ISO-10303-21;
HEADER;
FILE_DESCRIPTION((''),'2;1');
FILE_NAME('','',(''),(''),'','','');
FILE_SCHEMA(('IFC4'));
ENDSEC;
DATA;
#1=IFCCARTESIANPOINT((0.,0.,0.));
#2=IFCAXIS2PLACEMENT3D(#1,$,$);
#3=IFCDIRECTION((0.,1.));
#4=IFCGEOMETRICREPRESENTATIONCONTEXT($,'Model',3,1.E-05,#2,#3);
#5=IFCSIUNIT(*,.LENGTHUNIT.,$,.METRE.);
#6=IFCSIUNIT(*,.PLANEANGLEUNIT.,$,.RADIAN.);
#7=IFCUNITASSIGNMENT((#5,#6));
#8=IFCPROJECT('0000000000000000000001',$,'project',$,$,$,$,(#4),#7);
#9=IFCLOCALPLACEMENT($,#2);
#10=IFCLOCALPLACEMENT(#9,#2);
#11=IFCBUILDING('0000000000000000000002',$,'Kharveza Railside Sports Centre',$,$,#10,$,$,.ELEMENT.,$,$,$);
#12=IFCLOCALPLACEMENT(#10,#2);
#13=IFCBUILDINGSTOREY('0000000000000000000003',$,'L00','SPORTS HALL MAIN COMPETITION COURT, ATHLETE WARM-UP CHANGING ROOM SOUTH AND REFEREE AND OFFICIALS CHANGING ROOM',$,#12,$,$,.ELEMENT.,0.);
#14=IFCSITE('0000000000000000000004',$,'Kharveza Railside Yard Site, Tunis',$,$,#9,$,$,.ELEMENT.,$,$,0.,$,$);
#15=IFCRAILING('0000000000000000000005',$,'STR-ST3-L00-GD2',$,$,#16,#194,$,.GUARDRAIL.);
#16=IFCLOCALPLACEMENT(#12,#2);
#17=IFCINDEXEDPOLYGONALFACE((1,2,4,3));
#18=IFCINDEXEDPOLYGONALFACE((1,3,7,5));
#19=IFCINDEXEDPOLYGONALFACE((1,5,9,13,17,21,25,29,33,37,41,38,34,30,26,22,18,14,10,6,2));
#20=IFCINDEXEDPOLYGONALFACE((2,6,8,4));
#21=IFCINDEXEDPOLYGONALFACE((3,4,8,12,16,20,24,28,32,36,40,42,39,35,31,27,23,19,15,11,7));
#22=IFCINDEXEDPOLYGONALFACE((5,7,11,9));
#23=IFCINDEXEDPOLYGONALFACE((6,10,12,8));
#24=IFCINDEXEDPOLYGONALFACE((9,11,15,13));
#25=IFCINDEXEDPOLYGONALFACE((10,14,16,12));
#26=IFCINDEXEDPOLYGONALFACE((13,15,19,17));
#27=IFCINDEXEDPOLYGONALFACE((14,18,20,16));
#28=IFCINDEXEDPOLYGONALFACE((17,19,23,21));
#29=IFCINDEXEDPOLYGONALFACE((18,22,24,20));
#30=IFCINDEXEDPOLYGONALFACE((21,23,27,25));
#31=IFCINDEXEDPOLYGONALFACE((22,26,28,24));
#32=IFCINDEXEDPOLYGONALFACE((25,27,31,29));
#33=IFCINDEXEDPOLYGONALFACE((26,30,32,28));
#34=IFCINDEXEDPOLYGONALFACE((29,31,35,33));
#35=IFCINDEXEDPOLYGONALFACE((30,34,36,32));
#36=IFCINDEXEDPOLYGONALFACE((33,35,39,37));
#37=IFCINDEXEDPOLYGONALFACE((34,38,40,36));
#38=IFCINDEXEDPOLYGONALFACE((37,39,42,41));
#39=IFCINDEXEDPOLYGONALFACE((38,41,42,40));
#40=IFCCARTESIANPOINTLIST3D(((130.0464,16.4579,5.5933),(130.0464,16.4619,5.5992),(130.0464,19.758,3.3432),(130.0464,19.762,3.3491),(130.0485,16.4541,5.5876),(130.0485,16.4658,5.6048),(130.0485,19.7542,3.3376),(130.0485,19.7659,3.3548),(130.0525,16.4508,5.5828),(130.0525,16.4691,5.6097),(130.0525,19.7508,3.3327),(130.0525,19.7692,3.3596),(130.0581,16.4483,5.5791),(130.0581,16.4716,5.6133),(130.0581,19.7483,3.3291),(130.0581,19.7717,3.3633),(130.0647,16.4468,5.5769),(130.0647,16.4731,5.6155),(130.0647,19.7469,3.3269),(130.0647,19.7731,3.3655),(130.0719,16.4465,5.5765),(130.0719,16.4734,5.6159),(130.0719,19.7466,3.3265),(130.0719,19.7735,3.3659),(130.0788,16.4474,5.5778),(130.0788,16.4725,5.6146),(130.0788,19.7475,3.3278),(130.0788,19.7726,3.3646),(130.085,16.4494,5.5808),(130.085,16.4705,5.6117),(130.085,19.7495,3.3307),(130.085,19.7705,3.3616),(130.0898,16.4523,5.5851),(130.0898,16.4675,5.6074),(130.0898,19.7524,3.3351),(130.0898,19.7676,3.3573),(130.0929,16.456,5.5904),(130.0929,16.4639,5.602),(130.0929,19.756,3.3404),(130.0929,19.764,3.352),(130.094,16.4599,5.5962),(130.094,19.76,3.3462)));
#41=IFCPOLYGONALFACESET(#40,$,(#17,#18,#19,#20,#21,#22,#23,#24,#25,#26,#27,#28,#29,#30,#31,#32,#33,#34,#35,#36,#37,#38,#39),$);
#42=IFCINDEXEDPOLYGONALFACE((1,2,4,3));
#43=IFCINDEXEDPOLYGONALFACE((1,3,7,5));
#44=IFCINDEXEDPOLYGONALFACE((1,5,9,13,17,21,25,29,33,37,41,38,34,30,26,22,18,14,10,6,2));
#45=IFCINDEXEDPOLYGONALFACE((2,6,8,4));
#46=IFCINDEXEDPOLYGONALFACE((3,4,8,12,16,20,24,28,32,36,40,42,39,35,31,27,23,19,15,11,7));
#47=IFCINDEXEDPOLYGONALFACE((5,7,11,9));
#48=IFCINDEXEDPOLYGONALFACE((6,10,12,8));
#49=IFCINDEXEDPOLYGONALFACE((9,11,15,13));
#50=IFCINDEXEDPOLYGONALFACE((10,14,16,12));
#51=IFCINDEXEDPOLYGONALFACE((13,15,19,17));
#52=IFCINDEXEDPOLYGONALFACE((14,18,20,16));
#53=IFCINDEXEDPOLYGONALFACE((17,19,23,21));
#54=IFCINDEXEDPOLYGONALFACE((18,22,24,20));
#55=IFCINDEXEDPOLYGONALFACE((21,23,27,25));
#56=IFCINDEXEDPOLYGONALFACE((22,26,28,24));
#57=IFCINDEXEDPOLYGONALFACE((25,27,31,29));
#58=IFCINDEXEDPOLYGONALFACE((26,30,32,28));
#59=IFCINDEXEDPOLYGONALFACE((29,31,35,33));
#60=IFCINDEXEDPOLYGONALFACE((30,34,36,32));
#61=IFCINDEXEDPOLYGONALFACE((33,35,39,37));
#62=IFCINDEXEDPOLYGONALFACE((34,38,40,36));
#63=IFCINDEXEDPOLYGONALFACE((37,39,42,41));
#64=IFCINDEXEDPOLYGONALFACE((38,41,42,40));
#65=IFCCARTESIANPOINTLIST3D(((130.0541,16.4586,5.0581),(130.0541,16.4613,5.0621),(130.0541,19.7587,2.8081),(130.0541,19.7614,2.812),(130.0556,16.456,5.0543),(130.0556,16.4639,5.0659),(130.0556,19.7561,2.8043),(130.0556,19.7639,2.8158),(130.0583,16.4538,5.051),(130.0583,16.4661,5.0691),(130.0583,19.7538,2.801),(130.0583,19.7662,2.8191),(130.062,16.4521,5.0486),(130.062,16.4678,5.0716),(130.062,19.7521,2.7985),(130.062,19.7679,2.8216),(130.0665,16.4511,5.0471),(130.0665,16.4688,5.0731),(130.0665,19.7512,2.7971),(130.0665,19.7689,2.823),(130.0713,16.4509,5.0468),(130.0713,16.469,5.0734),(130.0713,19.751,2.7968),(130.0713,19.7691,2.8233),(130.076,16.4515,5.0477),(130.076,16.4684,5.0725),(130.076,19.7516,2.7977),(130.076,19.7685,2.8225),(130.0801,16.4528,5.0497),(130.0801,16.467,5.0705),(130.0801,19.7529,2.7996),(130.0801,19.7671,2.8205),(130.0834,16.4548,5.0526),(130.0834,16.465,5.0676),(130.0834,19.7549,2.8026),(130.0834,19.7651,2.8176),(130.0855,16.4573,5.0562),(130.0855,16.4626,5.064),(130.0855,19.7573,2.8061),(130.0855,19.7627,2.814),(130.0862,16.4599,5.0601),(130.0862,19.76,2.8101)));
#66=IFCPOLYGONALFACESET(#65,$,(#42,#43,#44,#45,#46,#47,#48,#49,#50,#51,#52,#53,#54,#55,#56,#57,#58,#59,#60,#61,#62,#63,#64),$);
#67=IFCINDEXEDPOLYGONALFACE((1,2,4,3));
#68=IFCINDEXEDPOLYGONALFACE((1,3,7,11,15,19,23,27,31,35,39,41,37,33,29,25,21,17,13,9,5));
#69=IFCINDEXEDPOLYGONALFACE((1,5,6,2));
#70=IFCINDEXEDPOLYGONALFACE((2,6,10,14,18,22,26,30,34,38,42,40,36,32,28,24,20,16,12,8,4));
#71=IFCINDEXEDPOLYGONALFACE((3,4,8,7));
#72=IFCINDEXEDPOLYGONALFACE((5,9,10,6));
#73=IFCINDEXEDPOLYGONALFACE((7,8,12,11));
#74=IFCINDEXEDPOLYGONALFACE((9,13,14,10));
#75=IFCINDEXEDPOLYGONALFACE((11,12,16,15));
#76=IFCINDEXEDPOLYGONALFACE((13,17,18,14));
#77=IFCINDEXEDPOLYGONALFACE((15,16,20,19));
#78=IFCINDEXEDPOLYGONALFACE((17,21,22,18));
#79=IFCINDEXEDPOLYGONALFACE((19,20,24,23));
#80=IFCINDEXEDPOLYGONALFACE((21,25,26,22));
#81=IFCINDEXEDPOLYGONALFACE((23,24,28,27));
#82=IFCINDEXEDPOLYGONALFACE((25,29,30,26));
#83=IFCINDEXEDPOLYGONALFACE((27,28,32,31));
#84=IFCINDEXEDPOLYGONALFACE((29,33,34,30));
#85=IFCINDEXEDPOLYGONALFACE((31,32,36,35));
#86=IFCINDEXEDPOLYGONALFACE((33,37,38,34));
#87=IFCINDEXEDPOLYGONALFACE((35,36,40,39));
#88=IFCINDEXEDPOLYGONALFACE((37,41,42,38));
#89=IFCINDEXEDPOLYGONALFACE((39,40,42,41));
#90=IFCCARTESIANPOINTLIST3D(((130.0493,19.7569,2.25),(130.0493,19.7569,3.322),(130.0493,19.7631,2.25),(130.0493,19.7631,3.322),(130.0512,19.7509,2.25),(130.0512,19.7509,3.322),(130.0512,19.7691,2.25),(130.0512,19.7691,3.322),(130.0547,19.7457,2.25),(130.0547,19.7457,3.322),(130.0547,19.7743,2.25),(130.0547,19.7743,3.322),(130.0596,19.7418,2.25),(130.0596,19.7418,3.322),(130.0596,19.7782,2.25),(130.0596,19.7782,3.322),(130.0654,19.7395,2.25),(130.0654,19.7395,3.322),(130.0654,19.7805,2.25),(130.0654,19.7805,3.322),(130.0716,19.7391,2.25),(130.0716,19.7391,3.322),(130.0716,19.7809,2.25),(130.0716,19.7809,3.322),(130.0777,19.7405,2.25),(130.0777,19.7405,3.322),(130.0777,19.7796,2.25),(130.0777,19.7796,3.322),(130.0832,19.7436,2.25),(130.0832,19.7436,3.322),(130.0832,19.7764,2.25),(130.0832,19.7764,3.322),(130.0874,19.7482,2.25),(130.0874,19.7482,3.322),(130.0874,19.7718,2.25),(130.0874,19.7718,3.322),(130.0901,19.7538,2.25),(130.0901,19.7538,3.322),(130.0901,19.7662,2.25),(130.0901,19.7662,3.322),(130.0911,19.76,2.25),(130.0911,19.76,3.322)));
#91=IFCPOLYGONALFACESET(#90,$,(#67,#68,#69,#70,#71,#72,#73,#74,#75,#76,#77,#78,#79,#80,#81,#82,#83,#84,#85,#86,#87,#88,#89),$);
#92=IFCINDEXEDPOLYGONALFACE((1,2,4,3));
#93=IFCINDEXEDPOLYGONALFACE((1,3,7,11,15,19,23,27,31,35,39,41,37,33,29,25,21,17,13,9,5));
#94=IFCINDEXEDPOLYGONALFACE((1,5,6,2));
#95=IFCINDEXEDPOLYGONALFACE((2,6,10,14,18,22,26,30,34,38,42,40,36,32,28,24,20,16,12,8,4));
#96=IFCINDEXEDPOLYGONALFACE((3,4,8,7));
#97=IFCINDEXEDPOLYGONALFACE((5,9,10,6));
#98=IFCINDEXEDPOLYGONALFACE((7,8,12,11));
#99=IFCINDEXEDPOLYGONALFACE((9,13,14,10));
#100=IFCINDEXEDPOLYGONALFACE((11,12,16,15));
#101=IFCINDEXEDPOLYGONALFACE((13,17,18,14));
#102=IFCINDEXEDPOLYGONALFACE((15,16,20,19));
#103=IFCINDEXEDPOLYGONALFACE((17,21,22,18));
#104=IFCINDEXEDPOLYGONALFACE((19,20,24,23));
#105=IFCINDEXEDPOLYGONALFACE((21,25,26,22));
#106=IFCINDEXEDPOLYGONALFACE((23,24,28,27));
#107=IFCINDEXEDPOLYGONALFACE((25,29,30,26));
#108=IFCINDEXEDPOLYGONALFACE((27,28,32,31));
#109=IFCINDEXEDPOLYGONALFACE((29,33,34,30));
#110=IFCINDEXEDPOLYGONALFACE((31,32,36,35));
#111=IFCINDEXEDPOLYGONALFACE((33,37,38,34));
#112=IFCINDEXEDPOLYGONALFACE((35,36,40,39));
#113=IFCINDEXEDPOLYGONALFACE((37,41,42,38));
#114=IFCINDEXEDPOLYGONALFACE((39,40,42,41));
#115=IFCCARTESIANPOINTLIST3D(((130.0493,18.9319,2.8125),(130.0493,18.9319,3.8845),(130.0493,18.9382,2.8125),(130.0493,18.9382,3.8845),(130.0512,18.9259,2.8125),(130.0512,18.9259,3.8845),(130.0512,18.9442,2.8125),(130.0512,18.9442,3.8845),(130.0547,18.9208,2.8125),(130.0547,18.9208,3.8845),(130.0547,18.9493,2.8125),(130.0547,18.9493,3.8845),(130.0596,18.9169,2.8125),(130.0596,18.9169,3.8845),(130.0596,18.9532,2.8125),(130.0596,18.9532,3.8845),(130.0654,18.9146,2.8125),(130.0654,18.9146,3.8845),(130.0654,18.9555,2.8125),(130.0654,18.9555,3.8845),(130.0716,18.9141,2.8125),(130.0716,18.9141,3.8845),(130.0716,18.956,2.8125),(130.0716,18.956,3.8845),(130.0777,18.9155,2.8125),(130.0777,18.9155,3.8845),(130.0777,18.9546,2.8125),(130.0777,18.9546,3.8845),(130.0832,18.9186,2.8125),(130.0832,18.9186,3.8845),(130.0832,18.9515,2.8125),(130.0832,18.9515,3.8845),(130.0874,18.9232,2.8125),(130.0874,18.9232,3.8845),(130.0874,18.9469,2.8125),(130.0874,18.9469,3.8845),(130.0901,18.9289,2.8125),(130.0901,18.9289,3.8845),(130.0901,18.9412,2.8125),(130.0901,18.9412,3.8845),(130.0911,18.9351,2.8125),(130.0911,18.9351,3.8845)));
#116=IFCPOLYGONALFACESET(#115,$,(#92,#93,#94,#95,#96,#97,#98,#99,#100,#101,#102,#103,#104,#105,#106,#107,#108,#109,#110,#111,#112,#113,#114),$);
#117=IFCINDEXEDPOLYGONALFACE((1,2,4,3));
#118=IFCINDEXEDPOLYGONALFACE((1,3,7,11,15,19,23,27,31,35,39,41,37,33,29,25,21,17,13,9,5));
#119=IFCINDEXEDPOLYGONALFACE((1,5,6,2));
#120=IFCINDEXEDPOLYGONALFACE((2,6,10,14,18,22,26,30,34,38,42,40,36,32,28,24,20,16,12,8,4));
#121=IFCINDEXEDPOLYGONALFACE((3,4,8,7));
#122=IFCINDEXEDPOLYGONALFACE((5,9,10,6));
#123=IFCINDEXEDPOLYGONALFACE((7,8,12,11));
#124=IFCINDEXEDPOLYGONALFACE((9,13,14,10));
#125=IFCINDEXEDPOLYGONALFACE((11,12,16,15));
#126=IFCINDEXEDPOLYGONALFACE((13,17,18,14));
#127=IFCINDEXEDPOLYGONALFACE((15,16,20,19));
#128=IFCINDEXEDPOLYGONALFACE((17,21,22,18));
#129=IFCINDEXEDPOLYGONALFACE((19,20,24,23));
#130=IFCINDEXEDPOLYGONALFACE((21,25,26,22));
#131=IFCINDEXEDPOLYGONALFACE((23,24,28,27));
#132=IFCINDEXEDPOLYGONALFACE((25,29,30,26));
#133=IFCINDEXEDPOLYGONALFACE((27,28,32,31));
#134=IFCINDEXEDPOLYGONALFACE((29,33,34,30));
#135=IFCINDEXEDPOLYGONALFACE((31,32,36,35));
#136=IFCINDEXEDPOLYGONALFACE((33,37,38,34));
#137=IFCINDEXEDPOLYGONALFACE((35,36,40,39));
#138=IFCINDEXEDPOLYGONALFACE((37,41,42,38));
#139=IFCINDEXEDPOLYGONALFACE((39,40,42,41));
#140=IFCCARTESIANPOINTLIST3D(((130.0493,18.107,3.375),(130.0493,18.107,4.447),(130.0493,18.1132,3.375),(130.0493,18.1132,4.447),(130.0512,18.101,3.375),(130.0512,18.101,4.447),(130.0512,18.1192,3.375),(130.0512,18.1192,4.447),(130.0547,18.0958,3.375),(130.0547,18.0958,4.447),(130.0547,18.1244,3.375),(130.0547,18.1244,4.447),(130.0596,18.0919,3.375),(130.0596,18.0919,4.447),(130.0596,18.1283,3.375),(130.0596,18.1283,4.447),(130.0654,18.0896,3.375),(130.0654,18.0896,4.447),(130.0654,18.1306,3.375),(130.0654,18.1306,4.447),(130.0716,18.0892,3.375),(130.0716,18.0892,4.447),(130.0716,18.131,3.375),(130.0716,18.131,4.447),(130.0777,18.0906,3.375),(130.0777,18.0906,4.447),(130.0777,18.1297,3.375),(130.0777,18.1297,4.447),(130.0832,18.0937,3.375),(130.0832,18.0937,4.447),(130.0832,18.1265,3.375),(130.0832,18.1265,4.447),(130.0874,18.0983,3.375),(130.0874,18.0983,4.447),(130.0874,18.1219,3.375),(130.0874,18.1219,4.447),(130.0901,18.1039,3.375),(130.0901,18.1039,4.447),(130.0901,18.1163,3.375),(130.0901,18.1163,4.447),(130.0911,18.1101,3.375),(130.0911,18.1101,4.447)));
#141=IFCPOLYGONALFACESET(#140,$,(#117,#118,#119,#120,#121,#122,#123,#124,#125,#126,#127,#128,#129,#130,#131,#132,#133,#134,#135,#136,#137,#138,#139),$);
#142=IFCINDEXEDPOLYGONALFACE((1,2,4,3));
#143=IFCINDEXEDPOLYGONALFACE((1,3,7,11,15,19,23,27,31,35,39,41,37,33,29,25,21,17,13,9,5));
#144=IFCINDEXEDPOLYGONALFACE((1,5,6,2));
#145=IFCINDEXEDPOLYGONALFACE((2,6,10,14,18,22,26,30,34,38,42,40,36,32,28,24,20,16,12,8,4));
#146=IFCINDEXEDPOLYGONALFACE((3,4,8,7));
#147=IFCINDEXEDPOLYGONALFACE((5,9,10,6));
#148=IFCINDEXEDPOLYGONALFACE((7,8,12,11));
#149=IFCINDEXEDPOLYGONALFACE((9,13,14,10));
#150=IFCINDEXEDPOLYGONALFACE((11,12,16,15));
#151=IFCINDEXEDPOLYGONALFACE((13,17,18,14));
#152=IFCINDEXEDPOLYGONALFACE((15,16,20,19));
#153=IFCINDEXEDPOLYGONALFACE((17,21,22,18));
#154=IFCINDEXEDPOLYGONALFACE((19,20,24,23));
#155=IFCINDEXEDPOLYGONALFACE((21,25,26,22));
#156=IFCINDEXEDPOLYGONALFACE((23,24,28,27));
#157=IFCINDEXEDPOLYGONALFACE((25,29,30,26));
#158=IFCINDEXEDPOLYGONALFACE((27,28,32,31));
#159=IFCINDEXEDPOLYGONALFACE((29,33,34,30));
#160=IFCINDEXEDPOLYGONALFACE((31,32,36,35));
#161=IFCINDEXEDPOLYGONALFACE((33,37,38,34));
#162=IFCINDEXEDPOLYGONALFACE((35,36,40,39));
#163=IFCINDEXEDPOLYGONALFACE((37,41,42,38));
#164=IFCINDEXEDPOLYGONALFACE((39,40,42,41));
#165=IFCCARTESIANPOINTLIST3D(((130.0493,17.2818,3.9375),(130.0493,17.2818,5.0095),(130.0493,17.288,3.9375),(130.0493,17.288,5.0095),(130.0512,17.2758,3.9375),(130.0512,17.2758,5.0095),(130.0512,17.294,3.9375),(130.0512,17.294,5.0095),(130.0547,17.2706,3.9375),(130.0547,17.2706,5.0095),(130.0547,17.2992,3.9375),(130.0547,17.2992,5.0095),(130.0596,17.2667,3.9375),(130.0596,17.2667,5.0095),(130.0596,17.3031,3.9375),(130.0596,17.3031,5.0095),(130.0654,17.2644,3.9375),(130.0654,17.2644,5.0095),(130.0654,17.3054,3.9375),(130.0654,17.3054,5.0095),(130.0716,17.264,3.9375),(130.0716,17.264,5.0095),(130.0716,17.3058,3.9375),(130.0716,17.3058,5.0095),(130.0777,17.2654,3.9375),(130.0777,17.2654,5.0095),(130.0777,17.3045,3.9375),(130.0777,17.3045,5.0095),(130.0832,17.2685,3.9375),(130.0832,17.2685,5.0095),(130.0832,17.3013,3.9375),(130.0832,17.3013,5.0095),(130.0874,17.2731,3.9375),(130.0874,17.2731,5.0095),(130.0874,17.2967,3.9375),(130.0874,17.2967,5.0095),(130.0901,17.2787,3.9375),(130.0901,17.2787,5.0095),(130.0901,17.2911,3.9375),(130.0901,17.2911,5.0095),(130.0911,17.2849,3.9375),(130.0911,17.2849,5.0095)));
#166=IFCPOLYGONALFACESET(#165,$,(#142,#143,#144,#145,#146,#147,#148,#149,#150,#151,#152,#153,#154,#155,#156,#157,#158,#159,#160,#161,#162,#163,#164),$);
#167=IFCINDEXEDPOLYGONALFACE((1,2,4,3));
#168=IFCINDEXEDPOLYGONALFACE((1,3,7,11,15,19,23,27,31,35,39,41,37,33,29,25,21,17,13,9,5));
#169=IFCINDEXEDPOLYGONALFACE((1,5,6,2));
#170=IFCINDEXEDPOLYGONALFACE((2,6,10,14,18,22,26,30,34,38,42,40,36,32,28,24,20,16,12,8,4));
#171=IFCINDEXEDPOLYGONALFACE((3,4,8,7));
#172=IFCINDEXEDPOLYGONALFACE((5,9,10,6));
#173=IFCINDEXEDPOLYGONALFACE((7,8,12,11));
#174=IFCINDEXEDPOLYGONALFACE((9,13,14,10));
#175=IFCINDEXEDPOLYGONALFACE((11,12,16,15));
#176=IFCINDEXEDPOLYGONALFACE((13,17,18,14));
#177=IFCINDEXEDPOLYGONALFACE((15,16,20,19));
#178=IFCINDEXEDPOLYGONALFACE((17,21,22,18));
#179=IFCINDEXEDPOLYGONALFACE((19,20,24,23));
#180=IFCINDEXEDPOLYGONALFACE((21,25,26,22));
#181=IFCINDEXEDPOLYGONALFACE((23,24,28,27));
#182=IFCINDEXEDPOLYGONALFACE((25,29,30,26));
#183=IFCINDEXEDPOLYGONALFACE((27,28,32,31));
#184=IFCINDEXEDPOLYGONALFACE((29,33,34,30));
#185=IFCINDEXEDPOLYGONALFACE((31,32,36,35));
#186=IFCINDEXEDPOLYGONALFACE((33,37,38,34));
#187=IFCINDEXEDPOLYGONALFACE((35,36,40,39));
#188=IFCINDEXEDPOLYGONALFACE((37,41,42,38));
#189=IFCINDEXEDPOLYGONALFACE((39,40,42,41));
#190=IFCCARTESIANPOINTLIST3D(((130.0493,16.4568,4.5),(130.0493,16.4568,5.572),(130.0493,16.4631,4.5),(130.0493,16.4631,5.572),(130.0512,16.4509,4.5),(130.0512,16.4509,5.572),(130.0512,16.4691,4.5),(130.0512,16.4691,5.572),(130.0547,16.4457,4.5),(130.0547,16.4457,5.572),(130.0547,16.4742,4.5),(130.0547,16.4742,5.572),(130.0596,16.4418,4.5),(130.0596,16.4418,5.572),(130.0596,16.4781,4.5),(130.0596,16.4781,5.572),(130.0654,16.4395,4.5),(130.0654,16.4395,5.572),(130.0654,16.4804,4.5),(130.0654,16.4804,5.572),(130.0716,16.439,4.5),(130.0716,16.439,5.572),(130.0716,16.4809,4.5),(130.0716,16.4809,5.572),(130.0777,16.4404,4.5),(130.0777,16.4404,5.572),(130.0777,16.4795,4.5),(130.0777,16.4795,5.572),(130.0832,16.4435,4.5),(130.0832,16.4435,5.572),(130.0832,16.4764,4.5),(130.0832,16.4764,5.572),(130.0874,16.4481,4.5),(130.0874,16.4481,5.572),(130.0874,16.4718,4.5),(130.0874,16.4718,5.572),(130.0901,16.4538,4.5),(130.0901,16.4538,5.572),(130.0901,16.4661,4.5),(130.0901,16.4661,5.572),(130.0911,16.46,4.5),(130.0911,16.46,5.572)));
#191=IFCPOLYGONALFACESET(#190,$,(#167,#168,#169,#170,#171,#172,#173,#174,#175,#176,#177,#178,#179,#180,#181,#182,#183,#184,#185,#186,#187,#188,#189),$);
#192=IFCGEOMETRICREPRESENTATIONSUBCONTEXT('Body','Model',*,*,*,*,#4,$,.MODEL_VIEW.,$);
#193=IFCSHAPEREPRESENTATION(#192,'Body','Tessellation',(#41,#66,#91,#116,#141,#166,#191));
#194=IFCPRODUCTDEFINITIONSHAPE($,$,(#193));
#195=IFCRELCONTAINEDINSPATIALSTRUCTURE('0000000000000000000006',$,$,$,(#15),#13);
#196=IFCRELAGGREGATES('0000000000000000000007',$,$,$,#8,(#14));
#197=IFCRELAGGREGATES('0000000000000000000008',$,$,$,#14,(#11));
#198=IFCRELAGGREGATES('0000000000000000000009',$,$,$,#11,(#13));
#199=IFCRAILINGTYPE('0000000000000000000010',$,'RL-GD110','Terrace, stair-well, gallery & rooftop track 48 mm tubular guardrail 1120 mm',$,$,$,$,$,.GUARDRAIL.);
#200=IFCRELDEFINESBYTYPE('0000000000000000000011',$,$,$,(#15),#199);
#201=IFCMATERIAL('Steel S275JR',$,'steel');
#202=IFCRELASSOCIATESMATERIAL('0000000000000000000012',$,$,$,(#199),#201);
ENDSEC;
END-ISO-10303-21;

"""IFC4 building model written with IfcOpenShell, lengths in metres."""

from ifc_helpers import new_model, si_unit, direction, frame, origin, origin_2d, place, context, subcontext, project, spatial, circle, extrude, material, type_object, element, save


model = new_model("IFC4")

# Units and contexts
model_context = context("Model", 3, precision=1e-05, world=origin(), true_north=direction((0.0, 1.0)))
body_context = subcontext(model_context, "Body", "Model", "MODEL_VIEW")
ifc_project = project(units=[si_unit("LENGTHUNIT", "METRE"), si_unit("PLANEANGLEUNIT", "RADIAN")], contexts=[model_context])

# Site, building, storey
site_placement = place(None, origin())
site = spatial("IfcSite", under=ifc_project, at=site_placement, Name="Kharveza Railside Yard Site, Tunis", CompositionType="ELEMENT", RefElevation=0.0)
building_placement = place(site_placement, origin())
building = spatial("IfcBuilding", under=site, at=building_placement, Name="Kharveza Railside Sports Centre", CompositionType="ELEMENT")
storey_placement = place(building_placement, origin())
storey = spatial("IfcBuildingStorey", under=building, at=storey_placement, Name="L00", Description="SPORTS HALL MAIN COMPETITION COURT, ATHLETE WARM-UP CHANGING ROOM SOUTH AND REFEREE AND OFFICIALS CHANGING ROOM", CompositionType="ELEMENT", Elevation=0.0)

# Railing
ifc_material_1 = material(Name="Steel S275JR", Category="steel")
railing_type_1 = type_object("IfcRailingType", Name="RL-GD110", Description="Terrace, stair-well, gallery & rooftop track 48 mm tubular guardrail 1120 mm", PredefinedType="GUARDRAIL", material=ifc_material_1)
railing_1_placement = place(storey_placement, frame((130.0701, 19.76, 2.25)))
element("IfcRailing", 1, at=railing_1_placement, inside=storey, type_object=railing_type_1, Name="STR-ST3-L00-GD2", PredefinedType="GUARDRAIL", context=body_context, shape_type="SweptSolid", body=[
    extrude(circle(Radius=0.0239, at=origin_2d()), frame((0.0, 0.0, 1.0962), z_axis=(0.0, -0.826231, 0.563331), x_axis=(1.0, 0.0, 0.0)), (0.0, 0.0, 1.0), 3.9941),
    extrude(circle(Radius=0.0161, at=origin_2d()), frame((0.0, 0.0, 0.5601), z_axis=(0.0, -0.826231, 0.563331), x_axis=(1.0, 0.0, 0.0)), (0.0, 0.0, 1.0), 3.9941),
    extrude(circle(Radius=0.021, at=origin_2d()), origin(), (0.0, 0.0, 1.0), 1.072),
    extrude(circle(Radius=0.021, at=origin_2d()), frame((0.0, -0.825, 0.5625)), (0.0, 0.0, 1.0), 1.072),
    extrude(circle(Radius=0.021, at=origin_2d()), frame((0.0, -1.6499, 1.125)), (0.0, 0.0, 1.0), 1.072),
    extrude(circle(Radius=0.021, at=origin_2d()), frame((0.0, -2.4751, 1.6875)), (0.0, 0.0, 1.0), 1.072),
    extrude(circle(Radius=0.021, at=origin_2d()), frame((0.0, -3.3, 2.25)), (0.0, 0.0, 1.0), 1.072),
])

save(model, "model.ifc")
